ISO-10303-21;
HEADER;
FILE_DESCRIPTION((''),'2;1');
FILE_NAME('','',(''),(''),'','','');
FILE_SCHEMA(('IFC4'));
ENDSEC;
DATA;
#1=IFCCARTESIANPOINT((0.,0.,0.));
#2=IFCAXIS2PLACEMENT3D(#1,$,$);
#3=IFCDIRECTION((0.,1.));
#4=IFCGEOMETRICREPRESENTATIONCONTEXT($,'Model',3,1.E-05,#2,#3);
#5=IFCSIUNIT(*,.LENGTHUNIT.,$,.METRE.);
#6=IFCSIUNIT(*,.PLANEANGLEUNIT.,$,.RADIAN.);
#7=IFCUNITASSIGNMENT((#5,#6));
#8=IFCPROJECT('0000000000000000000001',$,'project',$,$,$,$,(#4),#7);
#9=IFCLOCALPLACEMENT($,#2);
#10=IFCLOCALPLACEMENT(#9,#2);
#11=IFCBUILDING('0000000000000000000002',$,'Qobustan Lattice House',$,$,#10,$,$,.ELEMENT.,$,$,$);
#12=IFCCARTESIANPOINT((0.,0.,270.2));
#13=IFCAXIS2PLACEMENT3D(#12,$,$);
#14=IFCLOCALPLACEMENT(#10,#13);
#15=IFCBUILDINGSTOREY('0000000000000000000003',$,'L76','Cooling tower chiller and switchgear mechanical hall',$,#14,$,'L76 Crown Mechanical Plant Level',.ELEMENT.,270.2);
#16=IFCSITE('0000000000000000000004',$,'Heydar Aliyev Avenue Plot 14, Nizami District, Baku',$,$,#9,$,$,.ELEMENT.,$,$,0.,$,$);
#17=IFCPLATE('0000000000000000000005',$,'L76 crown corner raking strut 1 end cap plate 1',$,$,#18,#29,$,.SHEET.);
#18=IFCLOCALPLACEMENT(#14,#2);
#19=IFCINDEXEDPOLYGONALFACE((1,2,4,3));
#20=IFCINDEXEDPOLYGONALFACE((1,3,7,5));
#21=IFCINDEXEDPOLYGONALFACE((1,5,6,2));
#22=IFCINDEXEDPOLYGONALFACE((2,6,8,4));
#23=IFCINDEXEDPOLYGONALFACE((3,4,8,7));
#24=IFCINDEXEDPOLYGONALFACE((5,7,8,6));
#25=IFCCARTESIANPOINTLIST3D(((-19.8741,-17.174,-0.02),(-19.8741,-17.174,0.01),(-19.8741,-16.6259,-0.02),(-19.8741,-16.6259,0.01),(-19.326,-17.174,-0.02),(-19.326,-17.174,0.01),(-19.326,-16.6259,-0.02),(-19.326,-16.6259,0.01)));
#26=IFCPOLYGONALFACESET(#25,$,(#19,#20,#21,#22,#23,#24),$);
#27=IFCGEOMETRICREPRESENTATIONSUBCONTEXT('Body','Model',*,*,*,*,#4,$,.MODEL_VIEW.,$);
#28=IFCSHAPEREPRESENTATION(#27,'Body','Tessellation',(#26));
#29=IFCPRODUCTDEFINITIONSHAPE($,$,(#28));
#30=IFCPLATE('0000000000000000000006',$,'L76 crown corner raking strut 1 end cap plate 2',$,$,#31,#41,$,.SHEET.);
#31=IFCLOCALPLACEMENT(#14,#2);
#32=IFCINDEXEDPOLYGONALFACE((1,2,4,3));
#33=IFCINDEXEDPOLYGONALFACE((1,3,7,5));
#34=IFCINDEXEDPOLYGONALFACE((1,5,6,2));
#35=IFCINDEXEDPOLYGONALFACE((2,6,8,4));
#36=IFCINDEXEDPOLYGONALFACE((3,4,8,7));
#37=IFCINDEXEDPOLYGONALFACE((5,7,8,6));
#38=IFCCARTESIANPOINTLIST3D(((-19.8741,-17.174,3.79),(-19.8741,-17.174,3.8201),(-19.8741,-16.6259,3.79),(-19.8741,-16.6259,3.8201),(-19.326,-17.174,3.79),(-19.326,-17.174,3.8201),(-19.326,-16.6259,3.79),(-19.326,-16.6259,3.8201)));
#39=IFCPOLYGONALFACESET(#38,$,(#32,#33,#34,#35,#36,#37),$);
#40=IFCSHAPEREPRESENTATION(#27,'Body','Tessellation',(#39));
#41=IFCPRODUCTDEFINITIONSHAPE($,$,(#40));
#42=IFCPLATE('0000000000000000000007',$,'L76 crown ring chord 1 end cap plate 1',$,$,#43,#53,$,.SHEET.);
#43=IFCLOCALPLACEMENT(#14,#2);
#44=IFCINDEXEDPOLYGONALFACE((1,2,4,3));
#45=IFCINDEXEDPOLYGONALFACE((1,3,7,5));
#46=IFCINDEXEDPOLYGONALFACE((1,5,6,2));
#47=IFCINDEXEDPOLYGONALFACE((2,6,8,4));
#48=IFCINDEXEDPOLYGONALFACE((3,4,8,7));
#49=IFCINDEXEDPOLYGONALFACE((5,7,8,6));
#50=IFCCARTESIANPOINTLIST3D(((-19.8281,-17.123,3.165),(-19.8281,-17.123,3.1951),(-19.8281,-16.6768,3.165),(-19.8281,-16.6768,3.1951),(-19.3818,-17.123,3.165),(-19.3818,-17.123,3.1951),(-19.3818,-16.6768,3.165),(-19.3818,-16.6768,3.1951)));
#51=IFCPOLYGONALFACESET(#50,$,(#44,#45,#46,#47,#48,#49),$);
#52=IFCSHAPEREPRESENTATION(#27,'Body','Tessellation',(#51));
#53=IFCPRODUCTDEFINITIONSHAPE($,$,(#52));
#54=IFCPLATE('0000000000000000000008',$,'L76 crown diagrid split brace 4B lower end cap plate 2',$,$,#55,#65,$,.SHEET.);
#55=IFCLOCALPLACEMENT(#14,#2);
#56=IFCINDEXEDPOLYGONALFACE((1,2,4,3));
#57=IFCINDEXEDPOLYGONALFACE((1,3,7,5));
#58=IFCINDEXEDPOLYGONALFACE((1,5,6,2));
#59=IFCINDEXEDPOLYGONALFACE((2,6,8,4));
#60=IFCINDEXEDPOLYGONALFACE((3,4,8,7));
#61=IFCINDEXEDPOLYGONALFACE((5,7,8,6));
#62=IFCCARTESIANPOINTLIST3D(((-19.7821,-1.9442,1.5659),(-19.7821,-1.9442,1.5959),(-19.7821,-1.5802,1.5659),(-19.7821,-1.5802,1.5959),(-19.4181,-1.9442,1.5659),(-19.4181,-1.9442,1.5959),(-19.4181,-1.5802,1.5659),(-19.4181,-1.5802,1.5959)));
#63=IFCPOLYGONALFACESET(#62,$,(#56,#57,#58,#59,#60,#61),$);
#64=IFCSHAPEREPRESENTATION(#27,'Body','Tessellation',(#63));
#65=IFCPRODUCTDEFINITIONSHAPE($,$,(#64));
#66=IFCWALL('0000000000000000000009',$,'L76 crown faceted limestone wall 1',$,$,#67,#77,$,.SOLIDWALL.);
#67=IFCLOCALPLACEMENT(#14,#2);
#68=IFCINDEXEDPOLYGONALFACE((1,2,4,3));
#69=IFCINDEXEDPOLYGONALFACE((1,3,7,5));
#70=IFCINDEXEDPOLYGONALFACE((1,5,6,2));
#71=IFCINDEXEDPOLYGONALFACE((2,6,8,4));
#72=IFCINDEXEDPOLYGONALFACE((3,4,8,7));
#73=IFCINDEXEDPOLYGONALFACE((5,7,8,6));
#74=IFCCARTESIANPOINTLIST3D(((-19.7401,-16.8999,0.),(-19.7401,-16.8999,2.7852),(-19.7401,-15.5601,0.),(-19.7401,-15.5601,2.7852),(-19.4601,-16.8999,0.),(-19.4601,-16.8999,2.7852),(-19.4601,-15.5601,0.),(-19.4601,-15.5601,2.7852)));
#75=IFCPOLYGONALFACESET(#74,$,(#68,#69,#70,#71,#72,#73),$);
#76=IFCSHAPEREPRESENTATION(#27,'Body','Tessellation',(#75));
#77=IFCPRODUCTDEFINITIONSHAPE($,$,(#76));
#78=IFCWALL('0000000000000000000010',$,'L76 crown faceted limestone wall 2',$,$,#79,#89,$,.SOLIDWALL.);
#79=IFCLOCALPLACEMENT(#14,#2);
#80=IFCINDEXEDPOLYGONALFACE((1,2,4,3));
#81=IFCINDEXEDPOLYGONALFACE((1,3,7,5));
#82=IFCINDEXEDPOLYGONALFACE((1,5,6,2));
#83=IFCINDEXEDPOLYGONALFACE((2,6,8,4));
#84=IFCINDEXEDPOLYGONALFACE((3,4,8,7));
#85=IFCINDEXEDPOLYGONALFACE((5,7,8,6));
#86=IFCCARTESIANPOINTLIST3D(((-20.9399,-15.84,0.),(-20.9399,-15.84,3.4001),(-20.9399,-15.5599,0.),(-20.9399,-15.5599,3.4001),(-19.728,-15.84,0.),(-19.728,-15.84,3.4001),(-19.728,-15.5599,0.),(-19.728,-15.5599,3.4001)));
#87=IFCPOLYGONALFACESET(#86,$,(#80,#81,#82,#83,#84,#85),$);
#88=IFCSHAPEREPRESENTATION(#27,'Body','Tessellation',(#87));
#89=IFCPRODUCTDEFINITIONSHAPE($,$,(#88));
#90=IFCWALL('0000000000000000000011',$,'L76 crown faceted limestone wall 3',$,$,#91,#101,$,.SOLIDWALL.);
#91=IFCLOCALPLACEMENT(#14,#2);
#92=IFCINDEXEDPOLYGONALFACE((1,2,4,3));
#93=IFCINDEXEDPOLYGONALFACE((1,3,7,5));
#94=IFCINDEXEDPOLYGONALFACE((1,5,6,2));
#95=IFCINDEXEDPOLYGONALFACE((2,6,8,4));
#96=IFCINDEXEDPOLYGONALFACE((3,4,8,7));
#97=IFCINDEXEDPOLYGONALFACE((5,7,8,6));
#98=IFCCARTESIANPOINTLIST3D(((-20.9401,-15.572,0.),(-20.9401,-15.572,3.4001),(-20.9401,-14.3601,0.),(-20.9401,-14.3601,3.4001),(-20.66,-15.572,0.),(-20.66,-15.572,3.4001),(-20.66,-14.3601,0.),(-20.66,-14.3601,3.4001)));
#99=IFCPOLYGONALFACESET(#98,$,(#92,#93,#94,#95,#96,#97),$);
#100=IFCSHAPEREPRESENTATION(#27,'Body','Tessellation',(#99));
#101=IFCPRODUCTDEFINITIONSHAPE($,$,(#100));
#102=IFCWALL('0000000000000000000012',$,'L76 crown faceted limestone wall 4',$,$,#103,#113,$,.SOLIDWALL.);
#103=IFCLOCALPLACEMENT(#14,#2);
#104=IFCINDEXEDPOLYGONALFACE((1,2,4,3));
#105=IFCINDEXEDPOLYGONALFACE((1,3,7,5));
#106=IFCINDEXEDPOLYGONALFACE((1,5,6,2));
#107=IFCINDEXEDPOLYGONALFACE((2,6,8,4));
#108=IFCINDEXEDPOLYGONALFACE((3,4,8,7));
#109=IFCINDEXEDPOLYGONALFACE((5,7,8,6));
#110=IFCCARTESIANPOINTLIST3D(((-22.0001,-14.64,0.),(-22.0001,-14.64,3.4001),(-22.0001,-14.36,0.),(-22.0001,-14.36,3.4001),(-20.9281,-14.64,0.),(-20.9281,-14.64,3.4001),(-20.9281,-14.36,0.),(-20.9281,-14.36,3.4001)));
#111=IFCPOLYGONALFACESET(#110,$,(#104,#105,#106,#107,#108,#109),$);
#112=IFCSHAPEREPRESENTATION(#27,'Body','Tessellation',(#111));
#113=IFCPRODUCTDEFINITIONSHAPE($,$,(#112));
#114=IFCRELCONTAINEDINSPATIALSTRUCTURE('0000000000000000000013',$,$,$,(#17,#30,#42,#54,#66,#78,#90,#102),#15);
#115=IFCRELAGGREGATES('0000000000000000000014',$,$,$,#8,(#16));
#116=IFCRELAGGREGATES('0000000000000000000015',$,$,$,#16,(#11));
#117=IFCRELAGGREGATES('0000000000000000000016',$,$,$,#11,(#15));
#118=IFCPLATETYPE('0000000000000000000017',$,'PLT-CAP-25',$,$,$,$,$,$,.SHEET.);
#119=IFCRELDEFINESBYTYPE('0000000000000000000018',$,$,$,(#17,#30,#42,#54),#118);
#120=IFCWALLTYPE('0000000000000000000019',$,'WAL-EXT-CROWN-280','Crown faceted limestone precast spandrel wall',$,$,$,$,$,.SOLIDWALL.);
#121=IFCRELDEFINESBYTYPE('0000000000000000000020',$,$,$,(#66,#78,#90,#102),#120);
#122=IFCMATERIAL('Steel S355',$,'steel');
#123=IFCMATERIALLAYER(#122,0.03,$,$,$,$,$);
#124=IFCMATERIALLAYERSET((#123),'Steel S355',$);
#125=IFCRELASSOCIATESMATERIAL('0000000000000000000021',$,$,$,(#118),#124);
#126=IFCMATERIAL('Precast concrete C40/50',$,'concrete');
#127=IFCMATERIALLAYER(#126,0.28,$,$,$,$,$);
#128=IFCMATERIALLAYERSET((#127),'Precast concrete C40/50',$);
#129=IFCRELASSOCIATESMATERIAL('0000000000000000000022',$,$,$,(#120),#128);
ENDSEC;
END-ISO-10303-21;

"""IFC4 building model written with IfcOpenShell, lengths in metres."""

from ifc_helpers import new_model, si_unit, direction, frame, frame_2d, origin, origin_2d, place, context, subcontext, project, spatial, rectangle, extrude, material, layer, layer_set, type_object, element, save


model = new_model("IFC4")

# Units and contexts
model_context = context("Model", 3, precision=1e-05, world=origin(), true_north=direction((0.0, 1.0)))
body_context = subcontext(model_context, "Body", "Model", "MODEL_VIEW")
ifc_project = project(units=[si_unit("LENGTHUNIT", "METRE"), si_unit("PLANEANGLEUNIT", "RADIAN")], contexts=[model_context])

# Site, building, storey
site_placement = place(None, origin())
site = spatial("IfcSite", under=ifc_project, at=site_placement, Name="Heydar Aliyev Avenue Plot 14, Nizami District, Baku", CompositionType="ELEMENT", RefElevation=0.0)
building_placement = place(site_placement, origin())
building = spatial("IfcBuilding", under=site, at=building_placement, Name="Qobustan Lattice House", CompositionType="ELEMENT")
storey_placement = place(building_placement, frame((0.0, 0.0, 270.2)))
storey = spatial("IfcBuildingStorey", under=building, at=storey_placement, Name="L76", Description="Cooling tower chiller and switchgear mechanical hall", LongName="L76 Crown Mechanical Plant Level", CompositionType="ELEMENT", Elevation=270.2)

# Plates
ifc_material_1 = material(Name="Steel S355", Category="steel")
ifc_layer_1 = layer(ifc_material_1, 0.03)
ifc_layer_set_1 = layer_set([ifc_layer_1], Name="Steel S355")
plate_type_1 = type_object("IfcPlateType", Name="PLT-CAP-25", PredefinedType="SHEET", material=ifc_layer_set_1)
for number, where, z_axis, x_axis, name in (
    (1, (-19.6001, -16.8999, -0.02), (0.0, 0.0, 1.0), (1.0, 0.0, 0.0), "L76 crown corner raking strut 1 end cap plate 1"),
    (2, (-19.6001, -16.8999, 3.79), (0.0, 0.0, 1.0), (1.0, 0.0, 0.0), "L76 crown corner raking strut 1 end cap plate 2"),
):
    element("IfcPlate", number, at=place(storey_placement, frame(where, z_axis=z_axis, x_axis=x_axis)), inside=storey, type_object=plate_type_1, Name=name, PredefinedType="SHEET", context=body_context, shape_type="SweptSolid", body=[
        extrude(rectangle(XDim=0.5481, YDim=0.5481, at=origin_2d()), origin(), (0.0, 0.0, 1.0), 0.03),
    ])
plate_1_placement = place(storey_placement, frame((-19.605, -16.8999, 3.165), z_axis=(0.0, 0.0, 1.0), x_axis=(1.0, 0.0, 0.0)))
element("IfcPlate", 3, at=plate_1_placement, inside=storey, type_object=plate_type_1, Name="L76 crown ring chord 1 end cap plate 1", PredefinedType="SHEET", context=body_context, shape_type="SweptSolid", body=[
    extrude(rectangle(XDim=0.4463, YDim=0.4463, at=origin_2d()), origin(), (0.0, 0.0, 1.0), 0.03),
])
plate_2_placement = place(storey_placement, frame((-19.6001, -1.7622, 1.5659), z_axis=(0.0, 0.0, 1.0), x_axis=(0.0, 1.0, 0.0)))
element("IfcPlate", 4, at=plate_2_placement, inside=storey, type_object=plate_type_1, Name="L76 crown diagrid split brace 4B lower end cap plate 2", PredefinedType="SHEET", context=body_context, shape_type="SweptSolid", body=[
    extrude(rectangle(XDim=0.364, YDim=0.364, at=origin_2d()), origin(), (0.0, 0.0, 1.0), 0.03),
])

# Walls
ifc_material_2 = material(Name="Precast concrete C40/50", Category="concrete")
ifc_layer_2 = layer(ifc_material_2, 0.28)
ifc_layer_set_2 = layer_set([ifc_layer_2], Name="Precast concrete C40/50")
wall_type = type_object("IfcWallType", Name="WAL-EXT-CROWN-280", Description="Crown faceted limestone precast spandrel wall", PredefinedType="SOLIDWALL", material=ifc_layer_set_2)
wall_1_placement = place(storey_placement, frame((-19.6001, -16.8999, 0.0), z_axis=(0.0, 0.0, 1.0), x_axis=(0.0, 1.0, 0.0)))
element("IfcWall", 5, at=wall_1_placement, inside=storey, type_object=wall_type, Name="L76 crown faceted limestone wall 1", PredefinedType="SOLIDWALL", context=body_context, shape_type="SweptSolid", body=[
    extrude(rectangle(XDim=1.3398, YDim=0.28, at=frame_2d((0.6699, 0.0))), origin(), (0.0, 0.0, 1.0), 2.7852),
])
for number, where, z_axis, x_axis, name in (
    (6, (-19.728, -15.7, 0.0), (0.0, 0.0, 1.0), (-1.0, 0.0, 0.0), "L76 crown faceted limestone wall 2"),
    (7, (-20.8, -15.572, 0.0), (0.0, 0.0, 1.0), (0.0, 1.0, 0.0), "L76 crown faceted limestone wall 3"),
):
    element("IfcWall", number, at=place(storey_placement, frame(where, z_axis=z_axis, x_axis=x_axis)), inside=storey, type_object=wall_type, Name=name, PredefinedType="SOLIDWALL", context=body_context, shape_type="SweptSolid", body=[
        extrude(rectangle(XDim=1.2119, YDim=0.28, at=frame_2d((0.606, 0.0))), origin(), (0.0, 0.0, 1.0), 3.4001),
    ])
wall_2_placement = place(storey_placement, frame((-20.928, -14.5, 0.0), z_axis=(0.0, 0.0, 1.0), x_axis=(-1.0, 0.0, 0.0)))
element("IfcWall", 8, at=wall_2_placement, inside=storey, type_object=wall_type, Name="L76 crown faceted limestone wall 4", PredefinedType="SOLIDWALL", context=body_context, shape_type="SweptSolid", body=[
    extrude(rectangle(XDim=1.072, YDim=0.28, at=frame_2d((0.5361, 0.0))), origin(), (0.0, 0.0, 1.0), 3.4001),
])

save(model, "model.ifc")
